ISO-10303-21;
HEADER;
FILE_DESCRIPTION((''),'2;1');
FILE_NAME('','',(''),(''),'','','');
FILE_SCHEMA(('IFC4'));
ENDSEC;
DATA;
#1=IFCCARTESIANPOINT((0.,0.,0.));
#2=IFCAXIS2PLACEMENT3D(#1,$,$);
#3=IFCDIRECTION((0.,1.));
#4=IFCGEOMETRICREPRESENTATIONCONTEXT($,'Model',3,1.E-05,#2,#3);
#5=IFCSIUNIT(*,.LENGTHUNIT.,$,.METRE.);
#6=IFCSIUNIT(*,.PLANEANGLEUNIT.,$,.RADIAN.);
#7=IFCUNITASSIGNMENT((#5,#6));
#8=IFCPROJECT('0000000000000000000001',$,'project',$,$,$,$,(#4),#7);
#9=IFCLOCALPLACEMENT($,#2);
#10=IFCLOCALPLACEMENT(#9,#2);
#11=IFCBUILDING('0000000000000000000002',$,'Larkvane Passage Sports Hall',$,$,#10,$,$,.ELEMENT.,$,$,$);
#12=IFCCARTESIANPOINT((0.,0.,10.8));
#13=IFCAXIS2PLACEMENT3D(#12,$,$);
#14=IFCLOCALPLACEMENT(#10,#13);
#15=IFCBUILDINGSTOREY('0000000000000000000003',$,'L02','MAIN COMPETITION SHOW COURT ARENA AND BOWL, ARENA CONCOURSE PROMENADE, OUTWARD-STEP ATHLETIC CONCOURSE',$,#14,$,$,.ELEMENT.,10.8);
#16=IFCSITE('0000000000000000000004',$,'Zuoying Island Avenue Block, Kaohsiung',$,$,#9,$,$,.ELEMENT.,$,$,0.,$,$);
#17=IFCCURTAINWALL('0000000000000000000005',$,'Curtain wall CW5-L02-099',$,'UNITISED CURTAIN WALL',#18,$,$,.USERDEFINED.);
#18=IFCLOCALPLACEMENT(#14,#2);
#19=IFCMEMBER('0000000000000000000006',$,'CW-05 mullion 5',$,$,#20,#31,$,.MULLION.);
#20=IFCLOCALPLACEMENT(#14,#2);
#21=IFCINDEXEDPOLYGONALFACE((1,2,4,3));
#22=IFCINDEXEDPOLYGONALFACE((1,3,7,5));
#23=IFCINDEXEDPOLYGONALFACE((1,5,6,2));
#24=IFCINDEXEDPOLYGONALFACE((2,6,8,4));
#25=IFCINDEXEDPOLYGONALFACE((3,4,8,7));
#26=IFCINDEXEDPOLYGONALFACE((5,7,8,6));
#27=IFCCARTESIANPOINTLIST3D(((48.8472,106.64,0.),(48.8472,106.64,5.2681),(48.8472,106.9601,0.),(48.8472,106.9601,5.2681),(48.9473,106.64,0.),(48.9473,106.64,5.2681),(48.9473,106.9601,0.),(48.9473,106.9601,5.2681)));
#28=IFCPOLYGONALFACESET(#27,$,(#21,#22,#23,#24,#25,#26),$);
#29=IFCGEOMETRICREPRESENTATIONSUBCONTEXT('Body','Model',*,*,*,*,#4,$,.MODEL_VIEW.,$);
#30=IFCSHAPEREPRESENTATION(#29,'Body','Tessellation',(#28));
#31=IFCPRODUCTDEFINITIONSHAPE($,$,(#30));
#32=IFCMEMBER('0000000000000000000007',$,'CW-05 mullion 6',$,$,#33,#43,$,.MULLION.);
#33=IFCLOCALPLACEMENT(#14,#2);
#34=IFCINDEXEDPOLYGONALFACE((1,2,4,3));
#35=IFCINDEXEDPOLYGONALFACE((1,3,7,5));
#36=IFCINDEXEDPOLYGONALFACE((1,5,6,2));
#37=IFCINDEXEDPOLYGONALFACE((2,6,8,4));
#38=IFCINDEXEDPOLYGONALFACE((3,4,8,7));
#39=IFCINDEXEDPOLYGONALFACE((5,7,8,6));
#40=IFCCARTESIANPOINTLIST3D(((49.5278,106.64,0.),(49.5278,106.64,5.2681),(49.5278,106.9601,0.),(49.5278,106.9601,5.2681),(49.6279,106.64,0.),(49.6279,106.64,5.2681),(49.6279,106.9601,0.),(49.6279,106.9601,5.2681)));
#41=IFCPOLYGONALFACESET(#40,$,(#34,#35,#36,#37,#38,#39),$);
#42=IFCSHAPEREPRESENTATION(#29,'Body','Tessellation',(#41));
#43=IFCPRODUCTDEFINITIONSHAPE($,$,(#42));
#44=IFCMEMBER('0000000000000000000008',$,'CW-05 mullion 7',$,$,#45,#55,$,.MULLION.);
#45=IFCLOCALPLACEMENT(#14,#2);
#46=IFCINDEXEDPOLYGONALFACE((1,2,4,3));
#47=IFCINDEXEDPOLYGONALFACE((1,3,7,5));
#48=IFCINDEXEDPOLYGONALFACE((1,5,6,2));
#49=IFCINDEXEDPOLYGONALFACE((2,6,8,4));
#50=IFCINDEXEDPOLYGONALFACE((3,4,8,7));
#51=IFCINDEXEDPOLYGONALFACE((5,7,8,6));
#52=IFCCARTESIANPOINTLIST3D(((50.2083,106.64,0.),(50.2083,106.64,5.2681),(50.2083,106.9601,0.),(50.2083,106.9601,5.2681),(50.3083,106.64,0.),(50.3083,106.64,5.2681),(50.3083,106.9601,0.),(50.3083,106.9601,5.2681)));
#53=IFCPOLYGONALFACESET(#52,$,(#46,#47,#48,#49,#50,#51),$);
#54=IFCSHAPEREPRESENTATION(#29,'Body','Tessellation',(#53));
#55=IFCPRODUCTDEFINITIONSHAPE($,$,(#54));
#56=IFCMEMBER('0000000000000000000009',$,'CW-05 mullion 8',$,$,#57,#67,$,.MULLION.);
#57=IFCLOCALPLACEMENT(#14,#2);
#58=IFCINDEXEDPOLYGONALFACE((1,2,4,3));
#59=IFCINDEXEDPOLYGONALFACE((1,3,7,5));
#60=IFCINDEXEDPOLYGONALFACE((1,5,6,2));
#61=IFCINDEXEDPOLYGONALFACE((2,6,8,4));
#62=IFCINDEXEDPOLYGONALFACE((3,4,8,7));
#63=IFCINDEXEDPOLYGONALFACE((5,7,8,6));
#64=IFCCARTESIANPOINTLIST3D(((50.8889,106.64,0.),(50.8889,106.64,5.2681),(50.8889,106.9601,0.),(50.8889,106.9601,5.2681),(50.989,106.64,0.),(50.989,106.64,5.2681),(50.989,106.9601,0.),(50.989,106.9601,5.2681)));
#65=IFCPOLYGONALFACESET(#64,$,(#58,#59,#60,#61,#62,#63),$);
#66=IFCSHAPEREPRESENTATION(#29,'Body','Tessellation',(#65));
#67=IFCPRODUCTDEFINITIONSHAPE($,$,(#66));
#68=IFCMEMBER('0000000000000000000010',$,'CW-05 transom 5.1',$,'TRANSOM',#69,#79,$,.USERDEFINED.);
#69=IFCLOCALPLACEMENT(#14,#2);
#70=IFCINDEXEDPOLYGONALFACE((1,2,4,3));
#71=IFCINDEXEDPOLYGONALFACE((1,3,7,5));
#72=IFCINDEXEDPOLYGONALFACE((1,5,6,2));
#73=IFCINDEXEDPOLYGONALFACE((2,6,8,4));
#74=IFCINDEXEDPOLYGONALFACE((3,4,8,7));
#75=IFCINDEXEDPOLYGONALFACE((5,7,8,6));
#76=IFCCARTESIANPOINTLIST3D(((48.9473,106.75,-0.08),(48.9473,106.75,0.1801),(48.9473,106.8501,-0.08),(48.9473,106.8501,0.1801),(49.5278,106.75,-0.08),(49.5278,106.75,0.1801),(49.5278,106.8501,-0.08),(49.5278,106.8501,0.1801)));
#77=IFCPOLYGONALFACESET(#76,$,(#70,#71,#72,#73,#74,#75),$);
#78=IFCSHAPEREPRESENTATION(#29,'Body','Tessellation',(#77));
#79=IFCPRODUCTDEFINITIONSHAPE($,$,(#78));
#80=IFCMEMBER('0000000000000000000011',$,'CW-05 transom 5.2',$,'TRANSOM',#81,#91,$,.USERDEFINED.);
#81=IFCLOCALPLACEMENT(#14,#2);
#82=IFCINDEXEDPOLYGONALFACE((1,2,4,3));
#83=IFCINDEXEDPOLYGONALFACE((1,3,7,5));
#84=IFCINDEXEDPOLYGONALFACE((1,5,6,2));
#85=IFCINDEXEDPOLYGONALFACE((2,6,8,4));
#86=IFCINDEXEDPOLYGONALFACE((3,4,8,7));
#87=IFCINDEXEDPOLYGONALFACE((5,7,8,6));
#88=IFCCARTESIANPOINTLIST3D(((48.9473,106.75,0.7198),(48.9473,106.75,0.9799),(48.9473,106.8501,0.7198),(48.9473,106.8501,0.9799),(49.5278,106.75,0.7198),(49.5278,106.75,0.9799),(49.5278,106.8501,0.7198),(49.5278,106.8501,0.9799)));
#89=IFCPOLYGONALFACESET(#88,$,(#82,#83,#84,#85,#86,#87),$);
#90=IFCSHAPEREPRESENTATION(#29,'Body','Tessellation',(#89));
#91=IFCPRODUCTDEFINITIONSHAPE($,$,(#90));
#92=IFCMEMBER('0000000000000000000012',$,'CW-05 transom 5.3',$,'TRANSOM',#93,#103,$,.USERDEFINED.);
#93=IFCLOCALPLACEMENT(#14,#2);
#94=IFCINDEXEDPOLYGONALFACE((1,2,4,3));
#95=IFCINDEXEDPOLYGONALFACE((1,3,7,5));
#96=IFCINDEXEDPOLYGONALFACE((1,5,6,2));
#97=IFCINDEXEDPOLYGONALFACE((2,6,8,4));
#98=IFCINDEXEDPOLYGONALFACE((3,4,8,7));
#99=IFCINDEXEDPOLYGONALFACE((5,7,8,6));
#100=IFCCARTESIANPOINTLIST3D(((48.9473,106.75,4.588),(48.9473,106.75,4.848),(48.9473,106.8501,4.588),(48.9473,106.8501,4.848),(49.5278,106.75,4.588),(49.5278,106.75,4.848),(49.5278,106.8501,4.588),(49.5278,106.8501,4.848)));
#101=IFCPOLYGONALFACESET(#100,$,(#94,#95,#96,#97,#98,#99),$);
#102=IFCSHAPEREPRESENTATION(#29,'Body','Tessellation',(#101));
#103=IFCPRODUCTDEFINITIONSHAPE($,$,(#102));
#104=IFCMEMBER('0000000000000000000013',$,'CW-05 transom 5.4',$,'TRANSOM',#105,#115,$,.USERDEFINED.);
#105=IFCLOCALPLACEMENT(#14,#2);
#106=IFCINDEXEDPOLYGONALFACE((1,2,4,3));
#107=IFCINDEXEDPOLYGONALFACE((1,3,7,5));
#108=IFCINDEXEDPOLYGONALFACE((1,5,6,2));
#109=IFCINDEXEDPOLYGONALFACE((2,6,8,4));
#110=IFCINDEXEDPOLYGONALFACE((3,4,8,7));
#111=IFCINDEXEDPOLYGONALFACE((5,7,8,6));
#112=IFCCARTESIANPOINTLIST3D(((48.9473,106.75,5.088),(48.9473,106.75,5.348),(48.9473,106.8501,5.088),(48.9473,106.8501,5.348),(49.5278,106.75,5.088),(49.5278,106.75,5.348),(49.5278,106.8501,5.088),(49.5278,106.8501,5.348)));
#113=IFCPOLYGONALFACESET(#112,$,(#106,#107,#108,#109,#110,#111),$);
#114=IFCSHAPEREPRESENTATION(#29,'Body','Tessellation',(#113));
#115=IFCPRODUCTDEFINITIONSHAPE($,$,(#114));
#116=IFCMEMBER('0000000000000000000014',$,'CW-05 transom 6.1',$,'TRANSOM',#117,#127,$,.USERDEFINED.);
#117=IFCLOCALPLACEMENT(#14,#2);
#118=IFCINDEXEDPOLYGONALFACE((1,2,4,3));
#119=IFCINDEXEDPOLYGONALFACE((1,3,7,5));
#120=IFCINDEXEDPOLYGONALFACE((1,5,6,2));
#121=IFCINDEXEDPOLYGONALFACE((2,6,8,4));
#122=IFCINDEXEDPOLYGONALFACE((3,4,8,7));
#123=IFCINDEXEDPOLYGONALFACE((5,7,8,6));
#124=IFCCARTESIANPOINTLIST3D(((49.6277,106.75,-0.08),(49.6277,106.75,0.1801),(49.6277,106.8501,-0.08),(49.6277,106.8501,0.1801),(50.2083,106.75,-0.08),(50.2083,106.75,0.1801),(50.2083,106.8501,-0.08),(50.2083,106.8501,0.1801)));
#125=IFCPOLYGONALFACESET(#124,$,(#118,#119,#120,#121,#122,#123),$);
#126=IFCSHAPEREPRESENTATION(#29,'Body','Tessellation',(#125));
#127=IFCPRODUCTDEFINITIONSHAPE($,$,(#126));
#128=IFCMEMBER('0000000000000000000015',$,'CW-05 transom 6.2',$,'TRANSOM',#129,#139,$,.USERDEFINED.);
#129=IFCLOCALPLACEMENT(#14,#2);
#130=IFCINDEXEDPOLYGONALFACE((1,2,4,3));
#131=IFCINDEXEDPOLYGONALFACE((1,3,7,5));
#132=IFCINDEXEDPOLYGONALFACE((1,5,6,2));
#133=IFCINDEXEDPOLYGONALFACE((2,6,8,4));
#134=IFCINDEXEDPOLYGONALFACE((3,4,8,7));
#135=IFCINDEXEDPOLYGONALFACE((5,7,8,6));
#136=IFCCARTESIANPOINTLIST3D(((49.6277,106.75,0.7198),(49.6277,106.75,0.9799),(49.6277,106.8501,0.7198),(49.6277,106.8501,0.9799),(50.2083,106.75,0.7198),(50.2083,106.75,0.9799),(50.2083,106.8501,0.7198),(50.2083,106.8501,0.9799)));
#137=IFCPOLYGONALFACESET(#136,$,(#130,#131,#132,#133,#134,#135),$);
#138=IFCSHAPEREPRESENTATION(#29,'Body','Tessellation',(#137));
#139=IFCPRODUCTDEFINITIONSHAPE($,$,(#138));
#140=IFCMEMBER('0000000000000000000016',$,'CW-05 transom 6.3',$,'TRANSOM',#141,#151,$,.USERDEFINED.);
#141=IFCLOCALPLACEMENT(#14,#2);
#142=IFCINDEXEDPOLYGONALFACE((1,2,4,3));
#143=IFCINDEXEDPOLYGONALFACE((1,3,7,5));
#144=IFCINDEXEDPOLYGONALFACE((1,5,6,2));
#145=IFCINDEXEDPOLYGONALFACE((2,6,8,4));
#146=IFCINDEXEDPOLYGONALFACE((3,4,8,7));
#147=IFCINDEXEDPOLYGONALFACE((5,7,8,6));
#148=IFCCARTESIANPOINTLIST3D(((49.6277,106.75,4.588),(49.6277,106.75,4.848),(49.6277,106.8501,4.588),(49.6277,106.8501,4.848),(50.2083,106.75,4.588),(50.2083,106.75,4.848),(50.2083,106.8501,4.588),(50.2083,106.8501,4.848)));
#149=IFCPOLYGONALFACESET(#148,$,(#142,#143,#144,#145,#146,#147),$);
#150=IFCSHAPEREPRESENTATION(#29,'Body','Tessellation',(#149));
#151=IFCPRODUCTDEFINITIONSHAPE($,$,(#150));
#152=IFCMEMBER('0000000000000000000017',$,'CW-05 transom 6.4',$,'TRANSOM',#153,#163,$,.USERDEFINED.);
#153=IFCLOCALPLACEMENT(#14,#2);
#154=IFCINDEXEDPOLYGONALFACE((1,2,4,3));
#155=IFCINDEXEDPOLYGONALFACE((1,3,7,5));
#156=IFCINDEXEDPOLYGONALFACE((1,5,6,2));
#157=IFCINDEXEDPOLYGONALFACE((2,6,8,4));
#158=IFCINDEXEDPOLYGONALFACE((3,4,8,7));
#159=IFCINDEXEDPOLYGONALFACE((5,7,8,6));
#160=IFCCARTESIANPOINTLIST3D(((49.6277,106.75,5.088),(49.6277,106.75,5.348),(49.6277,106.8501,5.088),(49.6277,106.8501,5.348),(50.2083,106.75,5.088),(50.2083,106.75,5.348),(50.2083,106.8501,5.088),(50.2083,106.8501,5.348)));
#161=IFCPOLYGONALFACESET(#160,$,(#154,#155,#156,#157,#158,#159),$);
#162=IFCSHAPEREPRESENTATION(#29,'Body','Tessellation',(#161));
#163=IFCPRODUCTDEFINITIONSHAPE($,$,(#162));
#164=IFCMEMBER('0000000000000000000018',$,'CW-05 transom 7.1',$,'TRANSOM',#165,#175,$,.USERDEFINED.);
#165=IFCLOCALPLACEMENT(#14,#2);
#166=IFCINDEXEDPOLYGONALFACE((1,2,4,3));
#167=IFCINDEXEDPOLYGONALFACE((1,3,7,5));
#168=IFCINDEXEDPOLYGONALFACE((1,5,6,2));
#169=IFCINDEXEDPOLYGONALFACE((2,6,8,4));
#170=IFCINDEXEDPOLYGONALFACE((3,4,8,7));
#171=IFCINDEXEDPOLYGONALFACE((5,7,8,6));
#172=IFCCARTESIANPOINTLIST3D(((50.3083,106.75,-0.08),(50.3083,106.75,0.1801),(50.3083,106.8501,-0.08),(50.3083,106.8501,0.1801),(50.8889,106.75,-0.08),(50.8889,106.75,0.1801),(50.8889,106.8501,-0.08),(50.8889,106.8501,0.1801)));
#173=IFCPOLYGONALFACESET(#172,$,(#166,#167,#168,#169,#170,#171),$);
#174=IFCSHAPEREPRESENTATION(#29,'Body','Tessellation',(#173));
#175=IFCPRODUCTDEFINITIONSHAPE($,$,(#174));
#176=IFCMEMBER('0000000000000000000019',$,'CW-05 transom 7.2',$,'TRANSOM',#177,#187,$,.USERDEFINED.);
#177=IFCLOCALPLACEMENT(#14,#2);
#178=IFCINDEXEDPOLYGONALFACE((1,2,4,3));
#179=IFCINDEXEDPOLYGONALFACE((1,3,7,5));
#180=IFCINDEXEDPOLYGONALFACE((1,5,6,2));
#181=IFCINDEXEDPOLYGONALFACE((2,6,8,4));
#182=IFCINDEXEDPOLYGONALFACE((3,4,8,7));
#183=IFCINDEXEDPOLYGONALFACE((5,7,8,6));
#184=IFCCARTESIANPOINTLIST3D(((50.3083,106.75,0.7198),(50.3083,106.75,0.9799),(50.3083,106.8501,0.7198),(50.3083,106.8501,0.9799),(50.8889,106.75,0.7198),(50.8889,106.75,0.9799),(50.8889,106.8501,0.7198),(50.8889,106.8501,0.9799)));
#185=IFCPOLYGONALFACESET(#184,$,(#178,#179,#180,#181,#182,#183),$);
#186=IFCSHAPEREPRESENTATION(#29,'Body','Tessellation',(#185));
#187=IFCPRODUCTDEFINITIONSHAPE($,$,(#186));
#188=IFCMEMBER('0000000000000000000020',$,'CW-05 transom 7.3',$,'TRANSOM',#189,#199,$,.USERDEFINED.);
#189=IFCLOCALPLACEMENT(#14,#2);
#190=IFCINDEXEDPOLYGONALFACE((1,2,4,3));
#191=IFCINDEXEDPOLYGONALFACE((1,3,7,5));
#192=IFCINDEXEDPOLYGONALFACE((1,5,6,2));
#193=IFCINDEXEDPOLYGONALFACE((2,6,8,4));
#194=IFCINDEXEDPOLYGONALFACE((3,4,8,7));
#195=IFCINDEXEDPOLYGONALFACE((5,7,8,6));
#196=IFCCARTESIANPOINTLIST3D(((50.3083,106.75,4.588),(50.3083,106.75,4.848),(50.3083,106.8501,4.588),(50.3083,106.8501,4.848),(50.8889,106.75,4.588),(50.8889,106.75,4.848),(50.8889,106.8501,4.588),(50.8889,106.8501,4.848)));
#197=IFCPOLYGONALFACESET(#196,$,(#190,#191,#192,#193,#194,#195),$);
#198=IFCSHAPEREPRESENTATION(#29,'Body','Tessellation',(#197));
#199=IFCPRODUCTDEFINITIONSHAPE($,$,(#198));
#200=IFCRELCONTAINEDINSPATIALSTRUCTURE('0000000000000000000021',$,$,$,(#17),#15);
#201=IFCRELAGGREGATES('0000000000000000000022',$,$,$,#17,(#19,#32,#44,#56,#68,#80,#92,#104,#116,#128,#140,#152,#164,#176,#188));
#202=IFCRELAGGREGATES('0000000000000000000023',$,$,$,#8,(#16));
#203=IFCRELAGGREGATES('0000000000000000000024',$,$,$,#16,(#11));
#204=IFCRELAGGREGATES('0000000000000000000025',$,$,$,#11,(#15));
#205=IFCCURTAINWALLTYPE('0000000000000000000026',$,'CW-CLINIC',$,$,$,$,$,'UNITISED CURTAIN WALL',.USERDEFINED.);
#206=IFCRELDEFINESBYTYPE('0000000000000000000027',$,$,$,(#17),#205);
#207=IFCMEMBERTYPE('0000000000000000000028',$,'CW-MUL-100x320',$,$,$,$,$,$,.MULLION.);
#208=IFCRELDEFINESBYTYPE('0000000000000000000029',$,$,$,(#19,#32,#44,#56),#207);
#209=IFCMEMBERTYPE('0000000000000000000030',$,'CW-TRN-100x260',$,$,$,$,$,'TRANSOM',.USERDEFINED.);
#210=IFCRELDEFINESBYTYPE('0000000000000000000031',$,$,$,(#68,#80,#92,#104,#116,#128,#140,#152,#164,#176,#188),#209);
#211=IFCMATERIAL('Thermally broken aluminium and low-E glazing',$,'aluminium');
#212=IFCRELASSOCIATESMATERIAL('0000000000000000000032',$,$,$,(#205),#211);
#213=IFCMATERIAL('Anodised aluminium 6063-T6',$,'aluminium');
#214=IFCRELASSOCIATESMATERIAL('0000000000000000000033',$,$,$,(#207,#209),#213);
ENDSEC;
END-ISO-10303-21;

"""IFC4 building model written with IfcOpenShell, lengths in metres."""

from ifc_helpers import new_model, si_unit, direction, frame, origin, origin_2d, place, context, subcontext, project, spatial, rectangle, extrude, material, material_profile, profile_set, type_object, element, aggregate, save


model = new_model("IFC4")

# Units and contexts
model_context = context("Model", 3, precision=1e-05, world=origin(), true_north=direction((0.0, 1.0)))
body_context = subcontext(model_context, "Body", "Model", "MODEL_VIEW")
ifc_project = project(units=[si_unit("LENGTHUNIT", "METRE"), si_unit("PLANEANGLEUNIT", "RADIAN")], contexts=[model_context])

# Site, building, storey
site_placement = place(None, origin())
site = spatial("IfcSite", under=ifc_project, at=site_placement, Name="Zuoying Island Avenue Block, Kaohsiung", CompositionType="ELEMENT", RefElevation=0.0)
building_placement = place(site_placement, origin())
building = spatial("IfcBuilding", under=site, at=building_placement, Name="Larkvane Passage Sports Hall", CompositionType="ELEMENT")
storey_placement = place(building_placement, frame((0.0, 0.0, 10.8)))
storey = spatial("IfcBuildingStorey", under=building, at=storey_placement, Name="L02", Description="MAIN COMPETITION SHOW COURT ARENA AND BOWL, ARENA CONCOURSE PROMENADE, OUTWARD-STEP ATHLETIC CONCOURSE", CompositionType="ELEMENT", Elevation=10.8)

# Curtain wall, members
ifc_material_1 = material(Name="Thermally broken aluminium and low-E glazing", Category="aluminium")
curtain_wall_type = type_object("IfcCurtainWallType", Name="CW-CLINIC", ElementType="UNITISED CURTAIN WALL", PredefinedType="USERDEFINED", material=ifc_material_1)
curtain_wall_placement = place(storey_placement, origin())
curtain_wall = element("IfcCurtainWall", 1, at=curtain_wall_placement, inside=storey, type_object=curtain_wall_type, Name="Curtain wall CW5-L02-099", ObjectType="UNITISED CURTAIN WALL", PredefinedType="USERDEFINED")
ifc_material_2 = material(Name="Anodised aluminium 6063-T6", Category="aluminium")
ifc_material_profile_1 = material_profile(ifc_material_2, rectangle(XDim=0.1001, YDim=0.3201, at=origin_2d()), Name="ALU-MUL-100x320")
ifc_profile_set_1 = profile_set([ifc_material_profile_1], Name="Anodised aluminium 6063-T6")
member_type_1 = type_object("IfcMemberType", Name="CW-MUL-100x320", PredefinedType="MULLION", material=ifc_profile_set_1)
member_1_placement = place(storey_placement, frame((48.8972, 106.8, 0.0), z_axis=(0.0, 0.0, 1.0), x_axis=(1.0, 0.0, 0.0)))
member_1 = element("IfcMember", 2, at=member_1_placement, type_object=member_type_1, Name="CW-05 mullion 5", PredefinedType="MULLION", context=body_context, shape_type="SweptSolid", body=[
    extrude(rectangle(XDim=0.1001, YDim=0.3201, at=origin_2d()), origin(), (0.0, 0.0, 1.0), 5.2681),
])
member_2_placement = place(storey_placement, frame((49.5779, 106.8, 0.0), z_axis=(0.0, 0.0, 1.0), x_axis=(1.0, 0.0, 0.0)))
member_2 = element("IfcMember", 3, at=member_2_placement, type_object=member_type_1, Name="CW-05 mullion 6", PredefinedType="MULLION", context=body_context, shape_type="SweptSolid", body=[
    extrude(rectangle(XDim=0.1001, YDim=0.3201, at=origin_2d()), origin(), (0.0, 0.0, 1.0), 5.2681),
])
member_3_placement = place(storey_placement, frame((50.2583, 106.8, 0.0), z_axis=(0.0, 0.0, 1.0), x_axis=(1.0, 0.0, 0.0)))
member_3 = element("IfcMember", 4, at=member_3_placement, type_object=member_type_1, Name="CW-05 mullion 7", PredefinedType="MULLION", context=body_context, shape_type="SweptSolid", body=[
    extrude(rectangle(XDim=0.1001, YDim=0.3201, at=origin_2d()), origin(), (0.0, 0.0, 1.0), 5.2681),
])
member_4_placement = place(storey_placement, frame((50.939, 106.8, 0.0), z_axis=(0.0, 0.0, 1.0), x_axis=(1.0, 0.0, 0.0)))
member_4 = element("IfcMember", 5, at=member_4_placement, type_object=member_type_1, Name="CW-05 mullion 8", PredefinedType="MULLION", context=body_context, shape_type="SweptSolid", body=[
    extrude(rectangle(XDim=0.1001, YDim=0.3201, at=origin_2d()), origin(), (0.0, 0.0, 1.0), 5.2681),
])
ifc_material_profile_2 = material_profile(ifc_material_2, rectangle(XDim=0.1001, YDim=0.26, at=origin_2d()), Name="ALU-TRN-100x260")
ifc_profile_set_2 = profile_set([ifc_material_profile_2], Name="Anodised aluminium 6063-T6")
member_type_2 = type_object("IfcMemberType", Name="CW-TRN-100x260", ElementType="TRANSOM", PredefinedType="USERDEFINED", material=ifc_profile_set_2)
member_5_placement = place(storey_placement, frame((48.9473, 106.8, 0.05), z_axis=(1.0, 0.0, 0.0), x_axis=(0.0, 1.0, 0.0)))
member_5 = element("IfcMember", 6, at=member_5_placement, type_object=member_type_2, Name="CW-05 transom 5.1", ObjectType="TRANSOM", PredefinedType="USERDEFINED", context=body_context, shape_type="SweptSolid", body=[
    extrude(rectangle(XDim=0.1001, YDim=0.26, at=origin_2d()), origin(), (0.0, 0.0, 1.0), 0.5806),
])
member_6_placement = place(storey_placement, frame((48.9473, 106.8, 0.8499), z_axis=(1.0, 0.0, 0.0), x_axis=(0.0, 1.0, 0.0)))
member_6 = element("IfcMember", 7, at=member_6_placement, type_object=member_type_2, Name="CW-05 transom 5.2", ObjectType="TRANSOM", PredefinedType="USERDEFINED", context=body_context, shape_type="SweptSolid", body=[
    extrude(rectangle(XDim=0.1001, YDim=0.26, at=origin_2d()), origin(), (0.0, 0.0, 1.0), 0.5806),
])
member_7_placement = place(storey_placement, frame((48.9473, 106.8, 4.718), z_axis=(1.0, 0.0, 0.0), x_axis=(0.0, 1.0, 0.0)))
member_7 = element("IfcMember", 8, at=member_7_placement, type_object=member_type_2, Name="CW-05 transom 5.3", ObjectType="TRANSOM", PredefinedType="USERDEFINED", context=body_context, shape_type="SweptSolid", body=[
    extrude(rectangle(XDim=0.1001, YDim=0.26, at=origin_2d()), origin(), (0.0, 0.0, 1.0), 0.5806),
])
member_8_placement = place(storey_placement, frame((48.9473, 106.8, 5.218), z_axis=(1.0, 0.0, 0.0), x_axis=(0.0, 1.0, 0.0)))
member_8 = element("IfcMember", 9, at=member_8_placement, type_object=member_type_2, Name="CW-05 transom 5.4", ObjectType="TRANSOM", PredefinedType="USERDEFINED", context=body_context, shape_type="SweptSolid", body=[
    extrude(rectangle(XDim=0.1001, YDim=0.26, at=origin_2d()), origin(), (0.0, 0.0, 1.0), 0.5806),
])
member_9_placement = place(storey_placement, frame((49.6277, 106.8, 0.05), z_axis=(1.0, 0.0, 0.0), x_axis=(0.0, 1.0, 0.0)))
member_9 = element("IfcMember", 10, at=member_9_placement, type_object=member_type_2, Name="CW-05 transom 6.1", ObjectType="TRANSOM", PredefinedType="USERDEFINED", context=body_context, shape_type="SweptSolid", body=[
    extrude(rectangle(XDim=0.1001, YDim=0.26, at=origin_2d()), origin(), (0.0, 0.0, 1.0), 0.5806),
])
member_10_placement = place(storey_placement, frame((49.6277, 106.8, 0.8499), z_axis=(1.0, 0.0, 0.0), x_axis=(0.0, 1.0, 0.0)))
member_10 = element("IfcMember", 11, at=member_10_placement, type_object=member_type_2, Name="CW-05 transom 6.2", ObjectType="TRANSOM", PredefinedType="USERDEFINED", context=body_context, shape_type="SweptSolid", body=[
    extrude(rectangle(XDim=0.1001, YDim=0.26, at=origin_2d()), origin(), (0.0, 0.0, 1.0), 0.5806),
])
member_11_placement = place(storey_placement, frame((49.6277, 106.8, 4.718), z_axis=(1.0, 0.0, 0.0), x_axis=(0.0, 1.0, 0.0)))
member_11 = element("IfcMember", 12, at=member_11_placement, type_object=member_type_2, Name="CW-05 transom 6.3", ObjectType="TRANSOM", PredefinedType="USERDEFINED", context=body_context, shape_type="SweptSolid", body=[
    extrude(rectangle(XDim=0.1001, YDim=0.26, at=origin_2d()), origin(), (0.0, 0.0, 1.0), 0.5806),
])
member_12_placement = place(storey_placement, frame((49.6277, 106.8, 5.218), z_axis=(1.0, 0.0, 0.0), x_axis=(0.0, 1.0, 0.0)))
member_12 = element("IfcMember", 13, at=member_12_placement, type_object=member_type_2, Name="CW-05 transom 6.4", ObjectType="TRANSOM", PredefinedType="USERDEFINED", context=body_context, shape_type="SweptSolid", body=[
    extrude(rectangle(XDim=0.1001, YDim=0.26, at=origin_2d()), origin(), (0.0, 0.0, 1.0), 0.5806),
])
member_13_placement = place(storey_placement, frame((50.3083, 106.8, 0.05), z_axis=(1.0, 0.0, 0.0), x_axis=(0.0, 1.0, 0.0)))
member_13 = element("IfcMember", 14, at=member_13_placement, type_object=member_type_2, Name="CW-05 transom 7.1", ObjectType="TRANSOM", PredefinedType="USERDEFINED", context=body_context, shape_type="SweptSolid", body=[
    extrude(rectangle(XDim=0.1001, YDim=0.26, at=origin_2d()), origin(), (0.0, 0.0, 1.0), 0.5806),
])
member_14_placement = place(storey_placement, frame((50.3083, 106.8, 0.8499), z_axis=(1.0, 0.0, 0.0), x_axis=(0.0, 1.0, 0.0)))
member_14 = element("IfcMember", 15, at=member_14_placement, type_object=member_type_2, Name="CW-05 transom 7.2", ObjectType="TRANSOM", PredefinedType="USERDEFINED", context=body_context, shape_type="SweptSolid", body=[
    extrude(rectangle(XDim=0.1001, YDim=0.26, at=origin_2d()), origin(), (0.0, 0.0, 1.0), 0.5806),
])
member_15_placement = place(storey_placement, frame((50.3083, 106.8, 4.718), z_axis=(1.0, 0.0, 0.0), x_axis=(0.0, 1.0, 0.0)))
member_15 = element("IfcMember", 16, at=member_15_placement, type_object=member_type_2, Name="CW-05 transom 7.3", ObjectType="TRANSOM", PredefinedType="USERDEFINED", context=body_context, shape_type="SweptSolid", body=[
    extrude(rectangle(XDim=0.1001, YDim=0.26, at=origin_2d()), origin(), (0.0, 0.0, 1.0), 0.5806),
])
aggregate(curtain_wall, [member_1, member_2, member_3, member_4, member_5, member_6, member_7, member_8, member_9, member_10, member_11, member_12, member_13, member_14, member_15])

save(model, "model.ifc")
